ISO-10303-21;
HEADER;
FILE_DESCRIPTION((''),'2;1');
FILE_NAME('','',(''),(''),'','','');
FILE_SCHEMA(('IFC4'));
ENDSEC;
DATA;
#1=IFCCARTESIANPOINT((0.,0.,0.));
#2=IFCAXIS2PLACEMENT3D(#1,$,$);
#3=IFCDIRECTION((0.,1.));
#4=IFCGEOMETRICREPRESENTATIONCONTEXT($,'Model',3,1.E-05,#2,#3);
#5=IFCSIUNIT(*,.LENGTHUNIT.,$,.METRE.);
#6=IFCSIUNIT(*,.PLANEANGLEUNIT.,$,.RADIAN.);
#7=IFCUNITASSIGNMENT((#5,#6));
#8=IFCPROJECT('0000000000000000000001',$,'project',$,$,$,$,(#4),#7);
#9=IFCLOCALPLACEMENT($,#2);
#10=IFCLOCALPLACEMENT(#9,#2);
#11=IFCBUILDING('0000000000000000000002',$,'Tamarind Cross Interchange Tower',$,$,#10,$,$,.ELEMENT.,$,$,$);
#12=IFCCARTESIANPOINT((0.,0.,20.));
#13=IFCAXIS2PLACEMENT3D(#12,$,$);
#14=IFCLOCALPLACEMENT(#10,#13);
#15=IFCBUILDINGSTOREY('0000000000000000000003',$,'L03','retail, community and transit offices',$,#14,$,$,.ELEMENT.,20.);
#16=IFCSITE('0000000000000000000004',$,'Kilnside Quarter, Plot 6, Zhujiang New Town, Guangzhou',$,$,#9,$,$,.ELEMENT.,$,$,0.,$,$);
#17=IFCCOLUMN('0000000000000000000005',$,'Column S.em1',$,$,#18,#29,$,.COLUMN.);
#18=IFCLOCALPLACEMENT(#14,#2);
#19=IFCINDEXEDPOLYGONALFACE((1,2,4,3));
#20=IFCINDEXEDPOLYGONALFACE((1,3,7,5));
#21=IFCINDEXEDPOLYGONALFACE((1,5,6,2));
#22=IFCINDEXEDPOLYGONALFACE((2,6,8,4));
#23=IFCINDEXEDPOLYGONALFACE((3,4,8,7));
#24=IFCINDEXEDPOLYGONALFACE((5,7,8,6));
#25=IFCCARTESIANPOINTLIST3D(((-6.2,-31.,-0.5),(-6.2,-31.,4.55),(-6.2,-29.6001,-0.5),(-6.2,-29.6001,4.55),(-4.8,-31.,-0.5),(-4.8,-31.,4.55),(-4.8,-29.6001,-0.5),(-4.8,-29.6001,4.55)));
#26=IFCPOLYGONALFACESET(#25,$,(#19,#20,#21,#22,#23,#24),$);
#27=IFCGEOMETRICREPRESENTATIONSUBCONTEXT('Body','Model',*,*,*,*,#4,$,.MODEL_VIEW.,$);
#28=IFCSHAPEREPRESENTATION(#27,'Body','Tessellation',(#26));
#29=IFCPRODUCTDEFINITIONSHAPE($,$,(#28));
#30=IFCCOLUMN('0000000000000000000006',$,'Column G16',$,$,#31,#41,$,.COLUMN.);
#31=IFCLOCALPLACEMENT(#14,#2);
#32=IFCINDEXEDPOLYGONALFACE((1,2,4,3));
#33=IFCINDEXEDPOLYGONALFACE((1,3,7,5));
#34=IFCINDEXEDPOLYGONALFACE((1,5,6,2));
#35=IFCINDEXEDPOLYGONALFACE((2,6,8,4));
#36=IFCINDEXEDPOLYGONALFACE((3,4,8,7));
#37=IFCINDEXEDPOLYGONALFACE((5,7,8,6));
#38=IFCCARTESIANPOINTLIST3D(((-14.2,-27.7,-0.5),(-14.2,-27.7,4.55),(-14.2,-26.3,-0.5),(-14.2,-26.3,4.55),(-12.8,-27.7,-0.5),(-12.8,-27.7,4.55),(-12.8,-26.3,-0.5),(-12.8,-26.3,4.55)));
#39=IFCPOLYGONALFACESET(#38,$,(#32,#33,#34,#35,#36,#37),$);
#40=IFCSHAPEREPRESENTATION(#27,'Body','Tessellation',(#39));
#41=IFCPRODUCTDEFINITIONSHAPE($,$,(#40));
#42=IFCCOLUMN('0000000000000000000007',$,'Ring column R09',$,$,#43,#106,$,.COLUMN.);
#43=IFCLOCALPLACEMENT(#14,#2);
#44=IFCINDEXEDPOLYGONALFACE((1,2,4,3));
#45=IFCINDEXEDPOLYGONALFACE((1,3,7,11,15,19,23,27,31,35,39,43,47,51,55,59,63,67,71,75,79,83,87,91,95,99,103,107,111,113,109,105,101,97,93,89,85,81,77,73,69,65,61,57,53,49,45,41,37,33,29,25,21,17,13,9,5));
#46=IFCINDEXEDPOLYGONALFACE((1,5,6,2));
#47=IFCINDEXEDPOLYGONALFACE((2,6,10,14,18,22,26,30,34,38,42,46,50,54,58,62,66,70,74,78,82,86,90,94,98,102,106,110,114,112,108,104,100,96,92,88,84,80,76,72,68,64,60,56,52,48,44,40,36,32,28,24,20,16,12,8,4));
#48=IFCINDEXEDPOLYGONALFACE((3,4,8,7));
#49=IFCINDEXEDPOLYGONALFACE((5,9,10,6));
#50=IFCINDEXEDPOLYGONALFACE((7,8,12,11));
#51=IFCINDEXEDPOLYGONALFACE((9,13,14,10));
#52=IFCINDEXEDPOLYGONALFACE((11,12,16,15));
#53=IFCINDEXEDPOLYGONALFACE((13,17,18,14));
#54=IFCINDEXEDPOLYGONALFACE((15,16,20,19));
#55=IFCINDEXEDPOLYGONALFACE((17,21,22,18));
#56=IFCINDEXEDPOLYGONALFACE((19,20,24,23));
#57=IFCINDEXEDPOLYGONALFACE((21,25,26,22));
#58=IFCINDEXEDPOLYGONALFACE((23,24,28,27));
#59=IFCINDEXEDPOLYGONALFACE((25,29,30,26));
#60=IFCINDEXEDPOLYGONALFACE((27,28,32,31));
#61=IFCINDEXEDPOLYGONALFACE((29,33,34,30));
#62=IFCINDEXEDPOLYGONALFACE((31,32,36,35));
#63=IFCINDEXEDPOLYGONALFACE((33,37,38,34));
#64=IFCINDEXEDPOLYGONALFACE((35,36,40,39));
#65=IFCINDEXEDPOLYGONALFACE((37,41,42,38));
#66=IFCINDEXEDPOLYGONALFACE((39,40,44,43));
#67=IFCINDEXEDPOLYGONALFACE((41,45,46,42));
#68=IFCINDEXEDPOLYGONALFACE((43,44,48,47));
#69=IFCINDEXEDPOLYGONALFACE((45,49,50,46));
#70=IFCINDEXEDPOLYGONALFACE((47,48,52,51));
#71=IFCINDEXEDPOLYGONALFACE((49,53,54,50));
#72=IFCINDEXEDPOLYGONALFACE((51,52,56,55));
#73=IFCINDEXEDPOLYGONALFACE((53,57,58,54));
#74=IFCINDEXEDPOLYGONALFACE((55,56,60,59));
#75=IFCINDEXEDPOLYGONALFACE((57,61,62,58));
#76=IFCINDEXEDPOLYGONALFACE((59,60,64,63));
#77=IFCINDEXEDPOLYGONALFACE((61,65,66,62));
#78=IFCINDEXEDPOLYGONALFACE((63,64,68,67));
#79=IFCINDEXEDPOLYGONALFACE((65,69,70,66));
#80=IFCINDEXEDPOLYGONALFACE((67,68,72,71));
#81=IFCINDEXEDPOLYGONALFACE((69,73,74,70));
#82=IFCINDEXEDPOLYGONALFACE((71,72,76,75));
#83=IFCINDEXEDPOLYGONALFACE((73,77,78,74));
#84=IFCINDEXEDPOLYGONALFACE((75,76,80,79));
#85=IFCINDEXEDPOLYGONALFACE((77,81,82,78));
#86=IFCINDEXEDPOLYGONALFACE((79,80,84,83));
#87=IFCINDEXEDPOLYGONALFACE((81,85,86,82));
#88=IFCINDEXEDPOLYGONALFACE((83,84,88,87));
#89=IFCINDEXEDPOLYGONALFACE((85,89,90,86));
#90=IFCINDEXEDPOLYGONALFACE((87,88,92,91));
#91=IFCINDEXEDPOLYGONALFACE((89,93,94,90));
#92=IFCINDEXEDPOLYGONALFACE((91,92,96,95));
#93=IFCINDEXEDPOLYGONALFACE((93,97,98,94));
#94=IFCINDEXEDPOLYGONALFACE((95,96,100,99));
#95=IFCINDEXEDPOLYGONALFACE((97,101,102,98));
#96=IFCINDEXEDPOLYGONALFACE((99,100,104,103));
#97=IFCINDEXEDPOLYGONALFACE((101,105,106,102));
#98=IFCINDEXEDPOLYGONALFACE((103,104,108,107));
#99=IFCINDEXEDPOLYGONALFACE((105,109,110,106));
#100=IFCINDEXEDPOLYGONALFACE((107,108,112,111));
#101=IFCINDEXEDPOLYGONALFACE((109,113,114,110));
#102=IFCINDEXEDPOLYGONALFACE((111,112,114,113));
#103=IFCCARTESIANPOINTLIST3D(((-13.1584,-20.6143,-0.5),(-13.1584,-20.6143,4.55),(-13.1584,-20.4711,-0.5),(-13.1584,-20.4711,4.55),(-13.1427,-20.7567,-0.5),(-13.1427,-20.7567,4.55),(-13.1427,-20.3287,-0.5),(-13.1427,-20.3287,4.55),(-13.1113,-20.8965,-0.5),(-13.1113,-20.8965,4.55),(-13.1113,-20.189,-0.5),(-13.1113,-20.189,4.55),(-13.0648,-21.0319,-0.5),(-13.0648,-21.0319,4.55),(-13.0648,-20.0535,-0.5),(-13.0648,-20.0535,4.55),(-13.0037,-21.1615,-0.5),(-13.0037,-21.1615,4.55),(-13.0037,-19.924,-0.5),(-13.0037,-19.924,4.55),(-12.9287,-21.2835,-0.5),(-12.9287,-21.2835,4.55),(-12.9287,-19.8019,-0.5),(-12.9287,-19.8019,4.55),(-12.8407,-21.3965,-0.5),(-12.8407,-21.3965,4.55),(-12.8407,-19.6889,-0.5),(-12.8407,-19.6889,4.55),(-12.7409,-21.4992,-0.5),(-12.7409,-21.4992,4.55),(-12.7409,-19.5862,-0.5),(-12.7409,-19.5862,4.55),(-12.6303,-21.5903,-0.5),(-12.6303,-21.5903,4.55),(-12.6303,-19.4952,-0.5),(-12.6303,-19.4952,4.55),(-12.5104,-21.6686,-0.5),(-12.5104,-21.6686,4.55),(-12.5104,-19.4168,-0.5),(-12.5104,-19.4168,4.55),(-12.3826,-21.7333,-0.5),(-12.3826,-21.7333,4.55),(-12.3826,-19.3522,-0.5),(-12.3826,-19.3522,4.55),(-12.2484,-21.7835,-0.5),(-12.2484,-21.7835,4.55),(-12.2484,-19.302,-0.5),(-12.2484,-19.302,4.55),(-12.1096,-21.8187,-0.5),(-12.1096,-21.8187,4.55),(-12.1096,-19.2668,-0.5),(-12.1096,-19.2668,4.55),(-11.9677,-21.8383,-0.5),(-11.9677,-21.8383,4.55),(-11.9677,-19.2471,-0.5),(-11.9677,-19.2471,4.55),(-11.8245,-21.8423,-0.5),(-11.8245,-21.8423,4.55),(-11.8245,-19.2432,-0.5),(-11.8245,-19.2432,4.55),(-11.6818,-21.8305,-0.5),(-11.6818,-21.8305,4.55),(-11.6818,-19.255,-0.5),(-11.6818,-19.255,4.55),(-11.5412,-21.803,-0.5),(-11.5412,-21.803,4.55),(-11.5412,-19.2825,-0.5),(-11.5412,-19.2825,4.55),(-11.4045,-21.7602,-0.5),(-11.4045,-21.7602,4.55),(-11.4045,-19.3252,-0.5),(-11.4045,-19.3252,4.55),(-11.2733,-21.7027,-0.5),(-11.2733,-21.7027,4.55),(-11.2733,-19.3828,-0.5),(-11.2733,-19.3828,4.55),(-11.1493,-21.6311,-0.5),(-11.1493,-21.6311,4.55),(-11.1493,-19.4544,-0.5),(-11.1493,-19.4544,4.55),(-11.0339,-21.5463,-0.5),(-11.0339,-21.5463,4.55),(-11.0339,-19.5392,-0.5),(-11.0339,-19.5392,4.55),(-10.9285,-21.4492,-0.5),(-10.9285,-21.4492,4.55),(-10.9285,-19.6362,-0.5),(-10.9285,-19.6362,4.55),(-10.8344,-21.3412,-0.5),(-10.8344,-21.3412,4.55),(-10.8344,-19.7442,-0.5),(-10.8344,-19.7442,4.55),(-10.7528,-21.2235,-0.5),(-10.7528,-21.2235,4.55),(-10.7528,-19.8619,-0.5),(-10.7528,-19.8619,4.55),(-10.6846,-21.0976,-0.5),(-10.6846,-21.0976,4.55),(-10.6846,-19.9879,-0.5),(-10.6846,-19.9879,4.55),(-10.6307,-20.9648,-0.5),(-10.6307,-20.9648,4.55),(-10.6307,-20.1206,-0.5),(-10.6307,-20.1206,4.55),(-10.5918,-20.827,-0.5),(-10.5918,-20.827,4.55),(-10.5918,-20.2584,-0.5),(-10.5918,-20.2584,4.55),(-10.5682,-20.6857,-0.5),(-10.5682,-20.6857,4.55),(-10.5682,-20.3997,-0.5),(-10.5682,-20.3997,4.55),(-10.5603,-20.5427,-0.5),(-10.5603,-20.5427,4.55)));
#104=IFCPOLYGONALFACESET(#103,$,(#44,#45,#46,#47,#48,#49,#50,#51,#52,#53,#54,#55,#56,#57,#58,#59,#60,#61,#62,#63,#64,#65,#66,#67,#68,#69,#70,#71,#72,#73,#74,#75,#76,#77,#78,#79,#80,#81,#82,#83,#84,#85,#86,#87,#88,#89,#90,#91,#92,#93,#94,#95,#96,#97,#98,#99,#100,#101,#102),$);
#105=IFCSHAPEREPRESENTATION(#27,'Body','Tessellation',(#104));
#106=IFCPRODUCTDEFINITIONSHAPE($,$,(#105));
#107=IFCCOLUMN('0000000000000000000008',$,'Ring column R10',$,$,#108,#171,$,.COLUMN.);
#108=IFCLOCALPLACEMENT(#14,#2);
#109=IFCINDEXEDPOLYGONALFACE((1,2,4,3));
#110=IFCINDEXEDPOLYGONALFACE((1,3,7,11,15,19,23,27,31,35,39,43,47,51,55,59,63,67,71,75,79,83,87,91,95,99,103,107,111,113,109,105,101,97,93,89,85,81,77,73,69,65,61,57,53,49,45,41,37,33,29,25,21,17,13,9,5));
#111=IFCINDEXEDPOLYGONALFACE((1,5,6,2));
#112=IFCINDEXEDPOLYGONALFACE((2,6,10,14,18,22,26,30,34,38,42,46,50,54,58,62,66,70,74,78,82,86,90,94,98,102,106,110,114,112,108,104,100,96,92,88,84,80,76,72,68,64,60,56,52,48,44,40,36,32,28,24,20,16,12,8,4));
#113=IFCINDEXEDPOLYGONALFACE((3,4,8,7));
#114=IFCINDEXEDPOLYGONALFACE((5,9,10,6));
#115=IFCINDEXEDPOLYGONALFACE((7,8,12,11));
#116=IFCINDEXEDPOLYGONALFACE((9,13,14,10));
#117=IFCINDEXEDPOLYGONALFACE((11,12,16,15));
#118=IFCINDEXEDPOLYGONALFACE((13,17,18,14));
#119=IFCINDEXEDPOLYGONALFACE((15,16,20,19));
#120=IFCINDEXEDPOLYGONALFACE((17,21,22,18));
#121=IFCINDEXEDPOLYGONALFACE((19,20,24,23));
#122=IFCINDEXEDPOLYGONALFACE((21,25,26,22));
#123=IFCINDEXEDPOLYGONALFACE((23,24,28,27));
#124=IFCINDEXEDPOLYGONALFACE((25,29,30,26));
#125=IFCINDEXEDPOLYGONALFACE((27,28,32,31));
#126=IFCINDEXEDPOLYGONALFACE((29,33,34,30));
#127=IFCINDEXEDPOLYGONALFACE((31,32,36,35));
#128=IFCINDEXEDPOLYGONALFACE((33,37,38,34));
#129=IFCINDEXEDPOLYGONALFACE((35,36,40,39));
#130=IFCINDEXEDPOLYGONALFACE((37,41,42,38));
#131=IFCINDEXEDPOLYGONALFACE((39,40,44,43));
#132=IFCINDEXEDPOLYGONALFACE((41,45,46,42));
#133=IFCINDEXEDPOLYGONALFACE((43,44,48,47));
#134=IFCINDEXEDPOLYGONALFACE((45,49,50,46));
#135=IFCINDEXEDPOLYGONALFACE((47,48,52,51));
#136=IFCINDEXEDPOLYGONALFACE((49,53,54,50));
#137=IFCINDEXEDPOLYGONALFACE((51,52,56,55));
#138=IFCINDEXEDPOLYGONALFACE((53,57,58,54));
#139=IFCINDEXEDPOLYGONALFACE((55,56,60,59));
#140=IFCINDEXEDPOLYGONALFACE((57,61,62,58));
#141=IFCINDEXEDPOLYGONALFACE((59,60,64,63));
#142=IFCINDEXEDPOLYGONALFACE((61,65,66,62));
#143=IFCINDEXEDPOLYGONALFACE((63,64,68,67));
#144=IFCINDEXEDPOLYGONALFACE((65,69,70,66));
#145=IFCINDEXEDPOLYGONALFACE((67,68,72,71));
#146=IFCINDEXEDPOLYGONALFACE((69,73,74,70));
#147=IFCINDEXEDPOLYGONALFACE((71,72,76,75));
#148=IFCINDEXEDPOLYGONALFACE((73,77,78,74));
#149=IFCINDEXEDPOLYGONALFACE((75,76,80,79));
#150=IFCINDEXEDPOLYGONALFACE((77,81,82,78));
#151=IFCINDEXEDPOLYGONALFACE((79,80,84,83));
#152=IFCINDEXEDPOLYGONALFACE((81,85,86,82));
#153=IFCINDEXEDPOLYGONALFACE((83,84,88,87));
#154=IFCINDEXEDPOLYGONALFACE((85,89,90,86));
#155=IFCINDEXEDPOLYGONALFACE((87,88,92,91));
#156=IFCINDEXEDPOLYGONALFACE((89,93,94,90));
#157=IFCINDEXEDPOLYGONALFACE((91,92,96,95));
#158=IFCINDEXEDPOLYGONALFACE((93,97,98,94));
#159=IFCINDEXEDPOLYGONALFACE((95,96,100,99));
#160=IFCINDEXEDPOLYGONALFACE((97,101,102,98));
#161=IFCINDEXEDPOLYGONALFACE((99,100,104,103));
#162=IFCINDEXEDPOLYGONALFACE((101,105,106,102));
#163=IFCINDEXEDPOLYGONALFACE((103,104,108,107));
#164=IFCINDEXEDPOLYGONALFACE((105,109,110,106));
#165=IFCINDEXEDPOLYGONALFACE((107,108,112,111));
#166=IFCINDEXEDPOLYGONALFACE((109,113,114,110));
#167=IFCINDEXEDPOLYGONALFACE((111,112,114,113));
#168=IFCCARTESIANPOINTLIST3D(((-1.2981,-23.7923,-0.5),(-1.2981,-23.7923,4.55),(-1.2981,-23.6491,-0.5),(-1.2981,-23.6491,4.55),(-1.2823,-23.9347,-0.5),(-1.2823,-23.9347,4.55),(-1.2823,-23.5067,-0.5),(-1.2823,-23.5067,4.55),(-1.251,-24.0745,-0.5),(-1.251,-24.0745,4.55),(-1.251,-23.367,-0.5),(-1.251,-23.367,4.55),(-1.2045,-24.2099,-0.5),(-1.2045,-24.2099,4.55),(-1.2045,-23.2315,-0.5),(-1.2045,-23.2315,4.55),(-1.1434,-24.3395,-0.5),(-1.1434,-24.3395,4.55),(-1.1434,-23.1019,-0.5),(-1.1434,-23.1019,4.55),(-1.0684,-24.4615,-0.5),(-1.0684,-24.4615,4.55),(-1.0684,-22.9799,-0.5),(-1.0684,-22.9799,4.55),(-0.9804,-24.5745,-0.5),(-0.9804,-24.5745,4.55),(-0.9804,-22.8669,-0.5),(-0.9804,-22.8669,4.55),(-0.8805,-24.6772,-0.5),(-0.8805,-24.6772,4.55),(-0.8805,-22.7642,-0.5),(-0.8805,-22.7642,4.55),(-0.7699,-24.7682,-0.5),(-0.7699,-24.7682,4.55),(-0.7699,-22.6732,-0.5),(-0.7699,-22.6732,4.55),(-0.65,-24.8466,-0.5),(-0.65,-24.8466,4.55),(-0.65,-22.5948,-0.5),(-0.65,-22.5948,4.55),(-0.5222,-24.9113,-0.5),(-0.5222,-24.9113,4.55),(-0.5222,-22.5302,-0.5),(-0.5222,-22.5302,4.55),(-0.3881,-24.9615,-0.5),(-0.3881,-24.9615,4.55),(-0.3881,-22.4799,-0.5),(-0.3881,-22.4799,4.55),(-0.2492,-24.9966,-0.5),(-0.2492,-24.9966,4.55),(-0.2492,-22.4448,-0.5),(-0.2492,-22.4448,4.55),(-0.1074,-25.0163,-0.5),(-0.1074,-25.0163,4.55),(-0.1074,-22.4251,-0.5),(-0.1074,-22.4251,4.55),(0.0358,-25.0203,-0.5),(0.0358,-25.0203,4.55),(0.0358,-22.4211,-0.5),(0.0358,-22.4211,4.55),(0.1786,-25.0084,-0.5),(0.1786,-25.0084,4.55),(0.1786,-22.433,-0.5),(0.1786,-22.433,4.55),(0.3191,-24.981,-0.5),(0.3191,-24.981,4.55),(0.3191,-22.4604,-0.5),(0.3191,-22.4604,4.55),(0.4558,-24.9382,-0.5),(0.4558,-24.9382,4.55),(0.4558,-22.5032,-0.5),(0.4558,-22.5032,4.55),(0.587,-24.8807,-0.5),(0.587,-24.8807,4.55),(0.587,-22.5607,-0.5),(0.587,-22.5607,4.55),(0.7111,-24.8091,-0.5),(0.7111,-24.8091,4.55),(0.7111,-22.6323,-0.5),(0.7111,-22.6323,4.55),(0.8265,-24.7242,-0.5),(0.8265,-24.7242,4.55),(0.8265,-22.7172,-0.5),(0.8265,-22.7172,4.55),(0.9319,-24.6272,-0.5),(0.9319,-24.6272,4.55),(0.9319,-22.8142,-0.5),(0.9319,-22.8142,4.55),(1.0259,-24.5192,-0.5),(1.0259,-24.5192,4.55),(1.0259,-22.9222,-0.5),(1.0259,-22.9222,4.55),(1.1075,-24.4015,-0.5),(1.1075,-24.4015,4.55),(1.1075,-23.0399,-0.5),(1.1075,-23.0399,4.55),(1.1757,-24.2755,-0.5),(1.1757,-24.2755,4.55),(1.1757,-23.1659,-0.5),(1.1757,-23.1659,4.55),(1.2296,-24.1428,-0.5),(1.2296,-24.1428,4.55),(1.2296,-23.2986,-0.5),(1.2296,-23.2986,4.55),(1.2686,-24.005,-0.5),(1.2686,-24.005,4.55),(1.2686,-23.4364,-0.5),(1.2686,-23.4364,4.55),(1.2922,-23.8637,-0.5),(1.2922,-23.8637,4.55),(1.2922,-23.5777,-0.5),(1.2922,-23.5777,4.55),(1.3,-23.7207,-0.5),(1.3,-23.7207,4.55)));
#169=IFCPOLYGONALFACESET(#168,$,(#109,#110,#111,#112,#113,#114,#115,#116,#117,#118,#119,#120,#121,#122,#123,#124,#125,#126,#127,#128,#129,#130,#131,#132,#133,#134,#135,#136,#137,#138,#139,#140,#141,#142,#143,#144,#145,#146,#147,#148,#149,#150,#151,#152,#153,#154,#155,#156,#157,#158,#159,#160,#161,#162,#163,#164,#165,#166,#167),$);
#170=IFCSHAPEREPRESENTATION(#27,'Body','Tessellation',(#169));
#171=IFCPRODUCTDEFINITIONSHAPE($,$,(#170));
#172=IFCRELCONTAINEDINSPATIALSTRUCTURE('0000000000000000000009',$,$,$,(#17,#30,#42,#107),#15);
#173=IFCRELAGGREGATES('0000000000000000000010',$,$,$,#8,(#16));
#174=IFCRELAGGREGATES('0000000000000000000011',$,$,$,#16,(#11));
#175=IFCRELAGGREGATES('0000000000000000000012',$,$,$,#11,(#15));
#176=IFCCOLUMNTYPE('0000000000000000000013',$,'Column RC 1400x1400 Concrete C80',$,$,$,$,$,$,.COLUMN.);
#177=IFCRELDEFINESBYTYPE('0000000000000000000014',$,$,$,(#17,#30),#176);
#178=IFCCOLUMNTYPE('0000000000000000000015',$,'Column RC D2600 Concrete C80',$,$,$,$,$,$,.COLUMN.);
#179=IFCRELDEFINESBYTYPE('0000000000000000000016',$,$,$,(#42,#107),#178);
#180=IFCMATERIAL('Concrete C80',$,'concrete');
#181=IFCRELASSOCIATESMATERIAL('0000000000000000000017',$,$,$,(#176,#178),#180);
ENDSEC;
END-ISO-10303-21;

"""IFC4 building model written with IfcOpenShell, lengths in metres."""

from ifc_helpers import new_model, si_unit, direction, frame, origin, origin_2d, place, context, subcontext, project, spatial, rectangle, circle, extrude, material, material_profile, profile_set, type_object, element, save


model = new_model("IFC4")

# Units and contexts
model_context = context("Model", 3, precision=1e-05, world=origin(), true_north=direction((0.0, 1.0)))
body_context = subcontext(model_context, "Body", "Model", "MODEL_VIEW")
ifc_project = project(units=[si_unit("LENGTHUNIT", "METRE"), si_unit("PLANEANGLEUNIT", "RADIAN")], contexts=[model_context])

# Site, building, storey
site_placement = place(None, origin())
site = spatial("IfcSite", under=ifc_project, at=site_placement, Name="Kilnside Quarter, Plot 6, Zhujiang New Town, Guangzhou", CompositionType="ELEMENT", RefElevation=0.0)
building_placement = place(site_placement, origin())
building = spatial("IfcBuilding", under=site, at=building_placement, Name="Tamarind Cross Interchange Tower", CompositionType="ELEMENT")
storey_placement = place(building_placement, frame((0.0, 0.0, 20.0)))
storey = spatial("IfcBuildingStorey", under=building, at=storey_placement, Name="L03", Description="retail, community and transit offices", CompositionType="ELEMENT", Elevation=20.0)

# Columns
ifc_material_1 = material(Name="Concrete C80", Category="concrete")
ifc_material_profile_1 = material_profile(ifc_material_1, rectangle(XDim=1.3999, YDim=1.3999, at=origin_2d()), Name="RC 1400x1400")
ifc_profile_set_1 = profile_set([ifc_material_profile_1], Name="Concrete C80")
column_type_1 = type_object("IfcColumnType", Name="Column RC 1400x1400 Concrete C80", PredefinedType="COLUMN", material=ifc_profile_set_1)
for number, where, z_axis, x_axis, name in (
    (1, (-5.5, -30.3, -0.5), (0.0, 0.0, 1.0), (1.0, 0.0, 0.0), "Column S.em1"),
    (2, (-13.5, -27.0, -0.5), (0.0, 0.0, 1.0), (1.0, 0.0, 0.0), "Column G16"),
):
    element("IfcColumn", number, at=place(storey_placement, frame(where, z_axis=z_axis, x_axis=x_axis)), inside=storey, type_object=column_type_1, Name=name, PredefinedType="COLUMN", context=body_context, shape_type="SweptSolid", body=[
        extrude(rectangle(XDim=1.3999, YDim=1.3999, at=origin_2d()), origin(), (0.0, 0.0, 1.0), 5.05),
    ])
ifc_material_profile_2 = material_profile(ifc_material_1, circle(Radius=1.3, at=origin_2d()), Name="RC D2600")
ifc_profile_set_2 = profile_set([ifc_material_profile_2], Name="Concrete C80")
column_type_2 = type_object("IfcColumnType", Name="Column RC D2600 Concrete C80", PredefinedType="COLUMN", material=ifc_profile_set_2)
for number, where, z_axis, x_axis, name in (
    (3, (-11.8604, -20.5427, -0.5), (0.0, 0.0, 1.0), (1.0, 0.0, 0.0), "Ring column R09"),
    (4, (0.0, -23.7207, -0.5), (0.0, 0.0, 1.0), (1.0, 0.0, 0.0), "Ring column R10"),
):
    element("IfcColumn", number, at=place(storey_placement, frame(where, z_axis=z_axis, x_axis=x_axis)), inside=storey, type_object=column_type_2, Name=name, PredefinedType="COLUMN", context=body_context, shape_type="SweptSolid", body=[
        extrude(circle(Radius=1.3, at=origin_2d()), origin(), (0.0, 0.0, 1.0), 5.05),
    ])

save(model, "model.ifc")
